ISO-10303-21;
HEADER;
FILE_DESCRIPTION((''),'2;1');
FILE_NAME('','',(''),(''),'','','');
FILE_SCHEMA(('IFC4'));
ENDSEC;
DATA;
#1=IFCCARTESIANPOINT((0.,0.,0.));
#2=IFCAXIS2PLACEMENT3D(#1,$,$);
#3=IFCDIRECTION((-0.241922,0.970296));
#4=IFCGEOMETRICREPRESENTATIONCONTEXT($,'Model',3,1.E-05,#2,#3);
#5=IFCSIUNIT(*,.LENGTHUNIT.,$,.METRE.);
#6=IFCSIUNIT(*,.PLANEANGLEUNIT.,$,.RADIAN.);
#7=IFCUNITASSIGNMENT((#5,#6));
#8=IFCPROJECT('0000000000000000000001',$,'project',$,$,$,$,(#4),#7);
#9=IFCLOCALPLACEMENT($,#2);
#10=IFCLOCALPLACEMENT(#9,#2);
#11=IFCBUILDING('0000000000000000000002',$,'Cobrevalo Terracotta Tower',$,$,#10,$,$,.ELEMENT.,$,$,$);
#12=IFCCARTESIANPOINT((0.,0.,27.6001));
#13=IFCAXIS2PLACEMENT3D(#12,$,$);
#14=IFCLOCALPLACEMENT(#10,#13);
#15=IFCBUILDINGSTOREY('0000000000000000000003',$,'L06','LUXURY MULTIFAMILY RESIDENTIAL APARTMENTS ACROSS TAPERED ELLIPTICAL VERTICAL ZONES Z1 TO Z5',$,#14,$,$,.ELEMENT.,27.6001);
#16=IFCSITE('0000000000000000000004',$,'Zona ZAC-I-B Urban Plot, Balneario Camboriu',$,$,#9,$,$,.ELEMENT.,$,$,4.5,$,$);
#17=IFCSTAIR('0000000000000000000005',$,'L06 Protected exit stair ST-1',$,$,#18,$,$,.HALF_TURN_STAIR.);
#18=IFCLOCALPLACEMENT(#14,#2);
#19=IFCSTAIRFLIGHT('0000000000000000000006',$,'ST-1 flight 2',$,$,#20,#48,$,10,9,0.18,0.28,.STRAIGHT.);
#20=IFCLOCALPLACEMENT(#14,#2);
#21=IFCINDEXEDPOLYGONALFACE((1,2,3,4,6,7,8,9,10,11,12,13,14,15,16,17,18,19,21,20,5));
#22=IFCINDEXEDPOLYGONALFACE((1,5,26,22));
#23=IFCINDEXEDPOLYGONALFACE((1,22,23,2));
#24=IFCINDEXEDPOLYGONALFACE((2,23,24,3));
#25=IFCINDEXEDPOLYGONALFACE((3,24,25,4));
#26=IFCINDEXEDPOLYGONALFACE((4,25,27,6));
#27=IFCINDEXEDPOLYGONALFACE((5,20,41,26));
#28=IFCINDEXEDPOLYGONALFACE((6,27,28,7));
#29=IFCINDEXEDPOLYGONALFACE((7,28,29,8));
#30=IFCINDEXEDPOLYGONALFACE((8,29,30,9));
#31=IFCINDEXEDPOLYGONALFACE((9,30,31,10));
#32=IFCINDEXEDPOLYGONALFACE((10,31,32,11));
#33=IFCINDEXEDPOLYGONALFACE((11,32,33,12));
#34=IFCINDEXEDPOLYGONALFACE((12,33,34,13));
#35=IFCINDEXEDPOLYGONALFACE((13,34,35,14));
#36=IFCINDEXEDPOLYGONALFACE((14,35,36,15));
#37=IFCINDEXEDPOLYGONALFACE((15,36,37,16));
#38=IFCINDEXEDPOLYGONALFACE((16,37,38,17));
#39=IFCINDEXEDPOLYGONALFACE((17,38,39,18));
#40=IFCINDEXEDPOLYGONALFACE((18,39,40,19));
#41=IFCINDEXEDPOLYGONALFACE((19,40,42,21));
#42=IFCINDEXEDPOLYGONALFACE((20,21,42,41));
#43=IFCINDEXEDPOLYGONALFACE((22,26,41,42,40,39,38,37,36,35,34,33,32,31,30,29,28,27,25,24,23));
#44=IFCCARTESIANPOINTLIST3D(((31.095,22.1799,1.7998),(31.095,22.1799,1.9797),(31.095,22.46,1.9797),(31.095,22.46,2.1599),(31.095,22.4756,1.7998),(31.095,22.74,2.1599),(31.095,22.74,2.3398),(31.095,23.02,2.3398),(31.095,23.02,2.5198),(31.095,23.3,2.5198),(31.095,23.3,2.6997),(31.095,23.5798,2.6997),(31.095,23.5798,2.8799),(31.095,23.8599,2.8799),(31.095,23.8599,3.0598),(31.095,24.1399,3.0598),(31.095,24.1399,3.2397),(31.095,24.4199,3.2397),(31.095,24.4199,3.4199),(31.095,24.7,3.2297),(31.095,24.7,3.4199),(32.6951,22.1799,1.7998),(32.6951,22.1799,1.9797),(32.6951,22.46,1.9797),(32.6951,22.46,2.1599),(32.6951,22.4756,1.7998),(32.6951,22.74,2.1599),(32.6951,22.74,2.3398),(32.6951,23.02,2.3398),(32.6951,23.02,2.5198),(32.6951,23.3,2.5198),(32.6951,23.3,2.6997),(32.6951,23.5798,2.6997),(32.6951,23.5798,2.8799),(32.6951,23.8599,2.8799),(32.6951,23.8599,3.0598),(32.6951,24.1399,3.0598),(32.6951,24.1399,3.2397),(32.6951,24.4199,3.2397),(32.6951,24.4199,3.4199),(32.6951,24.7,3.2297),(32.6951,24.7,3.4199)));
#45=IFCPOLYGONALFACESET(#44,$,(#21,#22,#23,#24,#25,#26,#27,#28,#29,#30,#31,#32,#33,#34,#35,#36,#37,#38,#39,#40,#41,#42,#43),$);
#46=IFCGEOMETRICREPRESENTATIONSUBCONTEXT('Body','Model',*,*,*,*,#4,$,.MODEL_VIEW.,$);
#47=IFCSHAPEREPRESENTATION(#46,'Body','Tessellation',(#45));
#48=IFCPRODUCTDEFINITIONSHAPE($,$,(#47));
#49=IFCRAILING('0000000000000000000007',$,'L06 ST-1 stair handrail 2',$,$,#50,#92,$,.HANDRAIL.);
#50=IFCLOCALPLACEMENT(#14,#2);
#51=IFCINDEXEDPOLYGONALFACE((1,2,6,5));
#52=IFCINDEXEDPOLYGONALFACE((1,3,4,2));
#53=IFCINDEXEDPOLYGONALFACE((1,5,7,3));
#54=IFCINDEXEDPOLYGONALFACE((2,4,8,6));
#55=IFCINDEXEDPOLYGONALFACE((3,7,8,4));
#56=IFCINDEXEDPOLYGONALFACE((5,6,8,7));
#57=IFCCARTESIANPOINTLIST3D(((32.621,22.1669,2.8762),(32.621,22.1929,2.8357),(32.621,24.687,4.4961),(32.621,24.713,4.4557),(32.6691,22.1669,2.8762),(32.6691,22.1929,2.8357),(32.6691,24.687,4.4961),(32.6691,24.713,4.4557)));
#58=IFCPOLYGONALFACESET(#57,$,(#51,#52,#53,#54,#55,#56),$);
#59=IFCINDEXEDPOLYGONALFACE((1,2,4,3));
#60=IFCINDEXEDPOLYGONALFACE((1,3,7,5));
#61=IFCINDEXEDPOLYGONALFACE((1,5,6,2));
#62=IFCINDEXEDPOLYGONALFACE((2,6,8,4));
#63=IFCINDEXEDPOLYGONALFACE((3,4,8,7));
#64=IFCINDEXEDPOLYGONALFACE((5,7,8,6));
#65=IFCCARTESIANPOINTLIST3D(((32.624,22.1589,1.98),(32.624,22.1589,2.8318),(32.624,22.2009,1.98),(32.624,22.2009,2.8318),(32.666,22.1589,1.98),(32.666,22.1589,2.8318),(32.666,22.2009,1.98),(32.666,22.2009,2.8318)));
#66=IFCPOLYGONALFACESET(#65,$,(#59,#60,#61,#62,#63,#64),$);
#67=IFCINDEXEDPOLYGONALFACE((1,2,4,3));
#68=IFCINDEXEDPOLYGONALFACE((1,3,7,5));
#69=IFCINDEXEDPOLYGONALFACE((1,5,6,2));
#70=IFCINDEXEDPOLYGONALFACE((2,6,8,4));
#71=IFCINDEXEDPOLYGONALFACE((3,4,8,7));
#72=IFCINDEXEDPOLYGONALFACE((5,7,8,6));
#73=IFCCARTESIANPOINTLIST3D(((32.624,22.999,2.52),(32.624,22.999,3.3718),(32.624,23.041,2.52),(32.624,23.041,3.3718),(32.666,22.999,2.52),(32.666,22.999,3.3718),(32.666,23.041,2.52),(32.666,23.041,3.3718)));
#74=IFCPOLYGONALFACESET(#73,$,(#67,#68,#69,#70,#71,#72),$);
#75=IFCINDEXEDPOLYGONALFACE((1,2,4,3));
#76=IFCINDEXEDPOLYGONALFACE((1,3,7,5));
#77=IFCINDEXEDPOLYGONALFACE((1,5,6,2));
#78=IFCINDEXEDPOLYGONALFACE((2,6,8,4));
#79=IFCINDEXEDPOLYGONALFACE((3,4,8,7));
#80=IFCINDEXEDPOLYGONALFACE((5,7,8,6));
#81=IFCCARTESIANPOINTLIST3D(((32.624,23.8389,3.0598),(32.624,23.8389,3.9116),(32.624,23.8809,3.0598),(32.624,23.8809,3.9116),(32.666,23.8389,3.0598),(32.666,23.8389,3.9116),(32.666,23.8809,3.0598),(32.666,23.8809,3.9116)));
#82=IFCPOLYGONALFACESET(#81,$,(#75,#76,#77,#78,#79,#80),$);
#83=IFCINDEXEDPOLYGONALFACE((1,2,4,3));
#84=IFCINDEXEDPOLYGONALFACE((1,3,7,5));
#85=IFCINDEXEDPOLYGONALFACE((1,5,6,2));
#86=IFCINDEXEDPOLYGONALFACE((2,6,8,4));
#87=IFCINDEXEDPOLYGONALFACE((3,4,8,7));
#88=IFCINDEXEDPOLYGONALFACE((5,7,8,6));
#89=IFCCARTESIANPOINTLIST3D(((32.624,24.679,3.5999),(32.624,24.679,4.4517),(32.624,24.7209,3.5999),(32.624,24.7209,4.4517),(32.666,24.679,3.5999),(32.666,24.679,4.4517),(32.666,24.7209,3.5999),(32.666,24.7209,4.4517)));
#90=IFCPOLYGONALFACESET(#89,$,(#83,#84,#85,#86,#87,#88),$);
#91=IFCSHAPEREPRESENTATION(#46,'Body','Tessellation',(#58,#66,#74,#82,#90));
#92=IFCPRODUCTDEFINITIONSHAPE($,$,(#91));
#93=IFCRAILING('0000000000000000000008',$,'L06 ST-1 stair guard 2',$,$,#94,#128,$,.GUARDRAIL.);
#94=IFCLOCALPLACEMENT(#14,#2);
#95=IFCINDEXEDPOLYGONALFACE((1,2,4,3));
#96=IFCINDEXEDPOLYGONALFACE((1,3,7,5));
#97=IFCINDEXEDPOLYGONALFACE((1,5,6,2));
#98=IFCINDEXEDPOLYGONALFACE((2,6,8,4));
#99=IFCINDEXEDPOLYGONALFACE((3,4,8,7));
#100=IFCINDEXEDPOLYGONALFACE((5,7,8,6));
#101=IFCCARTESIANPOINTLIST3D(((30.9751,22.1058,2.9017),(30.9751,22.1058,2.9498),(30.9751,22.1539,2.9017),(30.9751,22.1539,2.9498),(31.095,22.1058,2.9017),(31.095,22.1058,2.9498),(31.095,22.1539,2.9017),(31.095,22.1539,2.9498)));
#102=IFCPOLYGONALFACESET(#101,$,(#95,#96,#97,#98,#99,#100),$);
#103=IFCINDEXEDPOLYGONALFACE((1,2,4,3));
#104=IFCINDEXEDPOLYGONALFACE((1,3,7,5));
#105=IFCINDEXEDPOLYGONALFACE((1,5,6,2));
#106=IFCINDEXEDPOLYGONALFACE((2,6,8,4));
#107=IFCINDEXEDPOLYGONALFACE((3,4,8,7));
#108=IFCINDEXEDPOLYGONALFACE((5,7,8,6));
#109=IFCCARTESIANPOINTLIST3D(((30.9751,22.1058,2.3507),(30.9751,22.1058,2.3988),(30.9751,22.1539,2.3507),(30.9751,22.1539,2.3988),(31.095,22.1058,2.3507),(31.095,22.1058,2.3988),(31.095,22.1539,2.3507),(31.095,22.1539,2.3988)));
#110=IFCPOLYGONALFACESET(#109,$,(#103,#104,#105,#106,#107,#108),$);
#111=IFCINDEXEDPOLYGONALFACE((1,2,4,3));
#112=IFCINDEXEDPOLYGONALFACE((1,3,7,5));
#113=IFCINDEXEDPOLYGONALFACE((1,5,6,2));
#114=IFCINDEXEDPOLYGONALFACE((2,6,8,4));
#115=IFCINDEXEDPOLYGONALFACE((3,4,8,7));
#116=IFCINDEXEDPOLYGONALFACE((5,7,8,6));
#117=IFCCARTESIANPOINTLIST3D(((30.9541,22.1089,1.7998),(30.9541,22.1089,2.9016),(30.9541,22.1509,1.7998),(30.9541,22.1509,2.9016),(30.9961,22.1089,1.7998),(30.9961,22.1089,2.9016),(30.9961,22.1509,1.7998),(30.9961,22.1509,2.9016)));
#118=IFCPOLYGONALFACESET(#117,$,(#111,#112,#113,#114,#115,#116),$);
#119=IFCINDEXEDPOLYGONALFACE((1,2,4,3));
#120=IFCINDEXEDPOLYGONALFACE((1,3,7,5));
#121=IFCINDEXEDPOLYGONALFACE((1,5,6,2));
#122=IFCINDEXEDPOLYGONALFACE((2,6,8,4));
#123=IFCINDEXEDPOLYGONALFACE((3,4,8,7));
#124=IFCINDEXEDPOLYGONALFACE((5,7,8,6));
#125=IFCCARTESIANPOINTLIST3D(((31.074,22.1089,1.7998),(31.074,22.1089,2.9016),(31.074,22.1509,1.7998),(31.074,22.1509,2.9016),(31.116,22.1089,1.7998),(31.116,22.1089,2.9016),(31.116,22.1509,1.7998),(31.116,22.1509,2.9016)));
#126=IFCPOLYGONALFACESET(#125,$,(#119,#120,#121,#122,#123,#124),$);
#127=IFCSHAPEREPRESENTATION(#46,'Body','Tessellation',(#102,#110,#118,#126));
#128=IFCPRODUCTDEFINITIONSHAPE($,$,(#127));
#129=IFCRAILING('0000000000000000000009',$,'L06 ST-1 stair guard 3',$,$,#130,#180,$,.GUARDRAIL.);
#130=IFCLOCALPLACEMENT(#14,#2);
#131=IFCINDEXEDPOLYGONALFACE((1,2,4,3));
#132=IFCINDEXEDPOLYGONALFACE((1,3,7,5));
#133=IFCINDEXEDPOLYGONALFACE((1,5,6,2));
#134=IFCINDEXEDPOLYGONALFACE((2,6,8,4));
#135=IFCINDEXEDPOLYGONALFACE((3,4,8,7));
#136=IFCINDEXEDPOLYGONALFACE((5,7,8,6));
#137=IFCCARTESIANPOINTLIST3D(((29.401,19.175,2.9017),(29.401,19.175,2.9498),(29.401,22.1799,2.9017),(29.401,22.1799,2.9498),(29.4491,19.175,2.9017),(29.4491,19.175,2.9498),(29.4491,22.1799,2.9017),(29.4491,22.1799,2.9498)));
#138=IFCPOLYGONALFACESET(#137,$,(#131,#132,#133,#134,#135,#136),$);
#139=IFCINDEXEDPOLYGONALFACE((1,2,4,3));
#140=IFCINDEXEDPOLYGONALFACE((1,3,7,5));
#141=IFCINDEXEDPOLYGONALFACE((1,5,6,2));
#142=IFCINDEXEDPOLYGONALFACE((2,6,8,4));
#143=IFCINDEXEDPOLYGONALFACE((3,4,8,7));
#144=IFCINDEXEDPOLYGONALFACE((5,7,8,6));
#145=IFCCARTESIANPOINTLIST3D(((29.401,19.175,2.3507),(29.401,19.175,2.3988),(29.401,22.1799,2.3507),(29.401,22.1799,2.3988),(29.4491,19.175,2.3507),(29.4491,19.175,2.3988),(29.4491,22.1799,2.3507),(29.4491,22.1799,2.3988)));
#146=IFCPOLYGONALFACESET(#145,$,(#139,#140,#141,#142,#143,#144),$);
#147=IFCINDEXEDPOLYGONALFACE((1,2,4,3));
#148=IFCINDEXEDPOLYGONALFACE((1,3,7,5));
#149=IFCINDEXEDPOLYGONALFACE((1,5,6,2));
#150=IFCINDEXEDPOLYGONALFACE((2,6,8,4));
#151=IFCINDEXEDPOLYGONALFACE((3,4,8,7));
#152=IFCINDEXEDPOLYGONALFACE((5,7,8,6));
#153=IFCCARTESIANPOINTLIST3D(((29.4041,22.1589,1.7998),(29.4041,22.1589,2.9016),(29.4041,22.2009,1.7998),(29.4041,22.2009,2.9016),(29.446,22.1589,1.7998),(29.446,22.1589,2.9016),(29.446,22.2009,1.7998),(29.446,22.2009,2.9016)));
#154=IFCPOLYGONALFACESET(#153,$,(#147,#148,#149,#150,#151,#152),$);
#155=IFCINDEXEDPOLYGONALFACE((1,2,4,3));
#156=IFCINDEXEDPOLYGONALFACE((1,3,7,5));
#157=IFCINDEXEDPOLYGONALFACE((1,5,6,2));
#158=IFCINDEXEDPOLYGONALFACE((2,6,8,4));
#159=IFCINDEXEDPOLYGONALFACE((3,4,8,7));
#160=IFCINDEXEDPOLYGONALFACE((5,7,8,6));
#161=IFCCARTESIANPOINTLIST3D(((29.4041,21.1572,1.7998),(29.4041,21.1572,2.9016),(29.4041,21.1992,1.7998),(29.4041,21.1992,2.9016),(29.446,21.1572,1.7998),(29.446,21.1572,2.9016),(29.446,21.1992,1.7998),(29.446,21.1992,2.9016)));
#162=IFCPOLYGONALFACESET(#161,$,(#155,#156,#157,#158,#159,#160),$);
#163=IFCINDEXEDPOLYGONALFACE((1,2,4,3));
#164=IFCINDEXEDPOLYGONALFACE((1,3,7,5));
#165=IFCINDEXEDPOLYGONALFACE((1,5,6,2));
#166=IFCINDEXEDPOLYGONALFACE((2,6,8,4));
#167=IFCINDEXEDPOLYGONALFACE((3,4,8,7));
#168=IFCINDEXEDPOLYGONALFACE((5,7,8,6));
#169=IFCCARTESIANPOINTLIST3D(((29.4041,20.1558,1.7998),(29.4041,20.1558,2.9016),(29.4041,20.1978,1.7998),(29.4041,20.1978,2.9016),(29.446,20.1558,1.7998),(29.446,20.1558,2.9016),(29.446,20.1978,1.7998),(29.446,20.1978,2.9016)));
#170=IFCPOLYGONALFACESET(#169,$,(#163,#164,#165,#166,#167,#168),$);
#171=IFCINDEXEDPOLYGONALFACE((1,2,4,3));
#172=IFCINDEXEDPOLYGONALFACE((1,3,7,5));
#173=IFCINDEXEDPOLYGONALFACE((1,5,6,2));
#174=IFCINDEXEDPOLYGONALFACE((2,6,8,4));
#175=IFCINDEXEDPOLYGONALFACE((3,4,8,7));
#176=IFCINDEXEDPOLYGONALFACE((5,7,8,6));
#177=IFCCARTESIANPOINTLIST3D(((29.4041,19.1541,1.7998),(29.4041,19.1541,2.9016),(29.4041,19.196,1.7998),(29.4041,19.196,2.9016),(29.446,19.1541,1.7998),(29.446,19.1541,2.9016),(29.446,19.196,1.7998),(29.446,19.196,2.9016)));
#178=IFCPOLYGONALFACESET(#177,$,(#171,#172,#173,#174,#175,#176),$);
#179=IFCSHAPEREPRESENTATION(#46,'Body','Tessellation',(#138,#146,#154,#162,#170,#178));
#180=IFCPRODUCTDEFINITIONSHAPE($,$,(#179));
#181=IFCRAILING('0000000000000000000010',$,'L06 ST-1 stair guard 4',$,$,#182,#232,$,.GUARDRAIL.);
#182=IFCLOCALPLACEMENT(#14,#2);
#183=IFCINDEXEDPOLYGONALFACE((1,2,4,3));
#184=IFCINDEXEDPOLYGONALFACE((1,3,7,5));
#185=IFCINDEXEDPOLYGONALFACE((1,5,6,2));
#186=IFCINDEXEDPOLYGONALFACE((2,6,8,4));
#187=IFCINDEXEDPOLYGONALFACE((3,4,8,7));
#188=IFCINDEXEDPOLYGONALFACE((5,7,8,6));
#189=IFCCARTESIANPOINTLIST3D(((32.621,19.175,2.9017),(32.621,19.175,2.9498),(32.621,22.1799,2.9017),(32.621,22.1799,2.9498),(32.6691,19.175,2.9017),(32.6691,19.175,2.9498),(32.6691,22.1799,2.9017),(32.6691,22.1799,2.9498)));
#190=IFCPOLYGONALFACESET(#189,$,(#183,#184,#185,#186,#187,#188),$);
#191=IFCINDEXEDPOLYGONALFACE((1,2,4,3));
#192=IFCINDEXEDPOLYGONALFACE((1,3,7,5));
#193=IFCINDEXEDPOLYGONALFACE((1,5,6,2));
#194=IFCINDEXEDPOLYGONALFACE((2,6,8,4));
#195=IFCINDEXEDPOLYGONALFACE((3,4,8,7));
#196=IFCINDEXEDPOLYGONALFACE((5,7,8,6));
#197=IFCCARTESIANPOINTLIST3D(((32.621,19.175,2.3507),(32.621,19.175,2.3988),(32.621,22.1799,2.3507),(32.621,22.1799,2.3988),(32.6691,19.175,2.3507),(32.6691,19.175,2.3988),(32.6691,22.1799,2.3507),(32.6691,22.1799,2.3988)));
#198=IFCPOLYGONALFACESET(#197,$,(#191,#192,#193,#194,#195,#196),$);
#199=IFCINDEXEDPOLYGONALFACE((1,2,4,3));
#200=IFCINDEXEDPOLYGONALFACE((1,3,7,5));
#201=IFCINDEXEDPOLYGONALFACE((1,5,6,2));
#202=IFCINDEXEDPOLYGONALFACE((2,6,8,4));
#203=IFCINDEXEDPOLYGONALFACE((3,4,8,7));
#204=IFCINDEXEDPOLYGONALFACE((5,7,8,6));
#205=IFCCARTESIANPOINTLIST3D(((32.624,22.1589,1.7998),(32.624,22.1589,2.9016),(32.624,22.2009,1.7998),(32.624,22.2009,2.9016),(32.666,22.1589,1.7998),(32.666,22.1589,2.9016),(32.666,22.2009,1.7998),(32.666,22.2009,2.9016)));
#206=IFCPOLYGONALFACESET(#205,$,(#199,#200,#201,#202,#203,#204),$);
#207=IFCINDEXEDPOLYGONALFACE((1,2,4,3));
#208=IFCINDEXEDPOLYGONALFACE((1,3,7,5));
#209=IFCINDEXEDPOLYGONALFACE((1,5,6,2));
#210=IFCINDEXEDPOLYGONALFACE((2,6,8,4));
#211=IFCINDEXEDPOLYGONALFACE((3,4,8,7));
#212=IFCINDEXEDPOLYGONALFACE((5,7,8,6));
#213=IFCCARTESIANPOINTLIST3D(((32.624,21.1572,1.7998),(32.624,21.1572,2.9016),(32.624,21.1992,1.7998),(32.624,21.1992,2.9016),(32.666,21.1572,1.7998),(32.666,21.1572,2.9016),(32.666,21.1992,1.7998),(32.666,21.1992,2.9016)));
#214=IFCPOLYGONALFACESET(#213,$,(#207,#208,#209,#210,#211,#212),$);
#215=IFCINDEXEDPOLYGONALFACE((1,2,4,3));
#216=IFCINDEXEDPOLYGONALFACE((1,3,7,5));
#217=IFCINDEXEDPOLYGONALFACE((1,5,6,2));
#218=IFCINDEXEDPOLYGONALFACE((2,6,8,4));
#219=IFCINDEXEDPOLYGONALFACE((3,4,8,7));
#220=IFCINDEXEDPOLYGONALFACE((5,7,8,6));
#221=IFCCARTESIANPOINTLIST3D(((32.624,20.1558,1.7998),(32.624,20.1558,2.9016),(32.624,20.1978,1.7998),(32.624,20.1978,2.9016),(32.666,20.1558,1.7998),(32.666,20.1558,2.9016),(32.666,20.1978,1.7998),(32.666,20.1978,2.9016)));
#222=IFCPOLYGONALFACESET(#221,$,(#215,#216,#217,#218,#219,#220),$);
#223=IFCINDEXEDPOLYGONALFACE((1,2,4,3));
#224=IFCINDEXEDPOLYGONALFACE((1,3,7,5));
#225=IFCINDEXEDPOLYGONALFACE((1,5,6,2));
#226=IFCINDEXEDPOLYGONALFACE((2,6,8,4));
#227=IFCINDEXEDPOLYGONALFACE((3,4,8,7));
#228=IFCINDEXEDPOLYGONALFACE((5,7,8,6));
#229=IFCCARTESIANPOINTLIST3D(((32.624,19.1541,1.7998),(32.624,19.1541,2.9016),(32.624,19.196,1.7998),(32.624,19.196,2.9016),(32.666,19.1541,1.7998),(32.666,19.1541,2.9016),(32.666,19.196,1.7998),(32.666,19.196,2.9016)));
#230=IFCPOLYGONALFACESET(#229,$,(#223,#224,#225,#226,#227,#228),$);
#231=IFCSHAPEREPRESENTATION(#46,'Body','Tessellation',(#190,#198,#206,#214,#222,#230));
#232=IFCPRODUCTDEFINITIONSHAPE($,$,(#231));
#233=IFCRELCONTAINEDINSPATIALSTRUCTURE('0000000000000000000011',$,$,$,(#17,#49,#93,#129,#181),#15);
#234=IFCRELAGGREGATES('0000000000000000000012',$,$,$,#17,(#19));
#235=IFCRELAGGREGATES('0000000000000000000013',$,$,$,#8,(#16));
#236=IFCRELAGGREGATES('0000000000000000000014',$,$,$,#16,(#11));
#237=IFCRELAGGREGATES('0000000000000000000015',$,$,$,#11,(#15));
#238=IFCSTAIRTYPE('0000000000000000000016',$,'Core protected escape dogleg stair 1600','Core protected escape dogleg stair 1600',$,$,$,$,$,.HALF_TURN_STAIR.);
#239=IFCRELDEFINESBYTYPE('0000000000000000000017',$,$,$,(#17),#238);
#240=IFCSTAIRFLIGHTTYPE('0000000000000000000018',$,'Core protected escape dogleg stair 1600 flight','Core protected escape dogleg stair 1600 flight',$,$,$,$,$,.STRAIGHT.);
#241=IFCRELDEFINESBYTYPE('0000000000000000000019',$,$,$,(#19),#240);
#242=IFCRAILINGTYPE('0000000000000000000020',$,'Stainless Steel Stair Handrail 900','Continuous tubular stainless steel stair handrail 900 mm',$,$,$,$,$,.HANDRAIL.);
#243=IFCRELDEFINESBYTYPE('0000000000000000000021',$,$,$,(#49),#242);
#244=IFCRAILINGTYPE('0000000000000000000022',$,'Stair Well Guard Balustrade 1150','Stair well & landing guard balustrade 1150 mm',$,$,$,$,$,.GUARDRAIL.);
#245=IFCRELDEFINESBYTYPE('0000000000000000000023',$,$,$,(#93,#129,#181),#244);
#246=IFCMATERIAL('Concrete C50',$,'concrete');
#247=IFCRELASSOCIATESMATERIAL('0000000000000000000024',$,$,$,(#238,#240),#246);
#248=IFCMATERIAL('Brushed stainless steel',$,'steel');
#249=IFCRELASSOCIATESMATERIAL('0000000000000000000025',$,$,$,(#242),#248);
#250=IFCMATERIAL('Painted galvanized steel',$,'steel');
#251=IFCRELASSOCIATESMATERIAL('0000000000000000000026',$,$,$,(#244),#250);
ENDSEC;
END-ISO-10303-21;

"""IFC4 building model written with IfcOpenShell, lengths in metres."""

from ifc_helpers import new_model, si_unit, direction, frame, origin, origin_2d, place, context, subcontext, project, spatial, polyline, rectangle, outline, extrude, material, type_object, element, aggregate, save


model = new_model("IFC4")

# Units and contexts
model_context = context("Model", 3, precision=1e-05, world=origin(), true_north=direction((-0.241922, 0.970296)))
body_context = subcontext(model_context, "Body", "Model", "MODEL_VIEW")
ifc_project = project(units=[si_unit("LENGTHUNIT", "METRE"), si_unit("PLANEANGLEUNIT", "RADIAN")], contexts=[model_context])

# Site, building, storey
site_placement = place(None, origin())
site = spatial("IfcSite", under=ifc_project, at=site_placement, Name="Zona ZAC-I-B Urban Plot, Balneario Camboriu", CompositionType="ELEMENT", RefElevation=4.5)
building_placement = place(site_placement, origin())
building = spatial("IfcBuilding", under=site, at=building_placement, Name="Cobrevalo Terracotta Tower", CompositionType="ELEMENT")
storey_placement = place(building_placement, frame((0.0, 0.0, 27.6001)))
storey = spatial("IfcBuildingStorey", under=building, at=storey_placement, Name="L06", Description="LUXURY MULTIFAMILY RESIDENTIAL APARTMENTS ACROSS TAPERED ELLIPTICAL VERTICAL ZONES Z1 TO Z5", CompositionType="ELEMENT", Elevation=27.6001)

# Shared definitions
ifc_material_1 = material(Name="Concrete C50", Category="concrete")

# Stair, stair flight
stair_type = type_object("IfcStairType", Name="Core protected escape dogleg stair 1600", Description="Core protected escape dogleg stair 1600", PredefinedType="HALF_TURN_STAIR", material=ifc_material_1)
stair_placement = place(storey_placement, origin())
stair = element("IfcStair", 1, at=stair_placement, inside=storey, type_object=stair_type, Name="L06 Protected exit stair ST-1", PredefinedType="HALF_TURN_STAIR")
stair_flight_type = type_object("IfcStairFlightType", Name="Core protected escape dogleg stair 1600 flight", Description="Core protected escape dogleg stair 1600 flight", PredefinedType="STRAIGHT", material=ifc_material_1)
stair_flight_placement = place(storey_placement, frame((31.895, 22.1799, 1.7998), z_axis=(0.0, 0.0, 1.0), x_axis=(0.0, 1.0, 0.0)))
stair_flight = element("IfcStairFlight", 2, at=stair_flight_placement, type_object=stair_flight_type, Name="ST-1 flight 2", NumberOfRisers=10, NumberOfTreads=9, PredefinedType="STRAIGHT", RiserHeight=0.18, TreadLength=0.28, context=body_context, shape_type="SweptSolid", body=[
    extrude(outline(polyline([(0.0, 0.0), (0.0, 0.1799), (0.28, 0.1799), (0.28, 0.3601), (0.5601, 0.3601), (0.5601, 0.54), (0.8401, 0.54), (0.8401, 0.72), (1.1201, 0.72), (1.1201, 0.8999), (1.3999, 0.8999), (1.3999, 1.0801), (1.6799, 1.0801), (1.6799, 1.26), (1.96, 1.26), (1.96, 1.4399), (2.24, 1.4399), (2.24, 1.6201), (2.52, 1.6201), (2.52, 1.8), (2.52, 1.4299), (0.2957, 0.0), (0.0, 0.0)])), frame((0.0, 0.8, 0.0), z_axis=(0.0, -1.0, 0.0), x_axis=(1.0, 0.0, 0.0)), (0.0, 0.0, 1.0), 1.6001),
])
aggregate(stair, [stair_flight])

# Railings
ifc_material_2 = material(Name="Brushed stainless steel", Category="steel")
railing_type_1 = type_object("IfcRailingType", Name="Stainless Steel Stair Handrail 900", Description="Continuous tubular stainless steel stair handrail 900 mm", PredefinedType="HANDRAIL", material=ifc_material_2)
railing_1_placement = place(storey_placement, frame((32.645, 22.1799, 1.98)))
element("IfcRailing", 3, at=railing_1_placement, inside=storey, type_object=railing_type_1, Name="L06 ST-1 stair handrail 2", PredefinedType="HANDRAIL", context=body_context, shape_type="SweptSolid", body=[
    extrude(rectangle(XDim=0.0481, YDim=0.0481, at=origin_2d()), frame((0.0, 0.0, 0.876), z_axis=(0.0, 0.8412, 0.540725), x_axis=(-1.0, 0.0, 0.0)), (0.0, 0.0, 1.0), 2.9958),
    extrude(rectangle(XDim=0.042, YDim=0.042, at=origin_2d()), origin(), (0.0, 0.0, 1.0), 0.8518),
    extrude(rectangle(XDim=0.042, YDim=0.042, at=origin_2d()), frame((0.0, 0.8401, 0.54)), (0.0, 0.0, 1.0), 0.8518),
    extrude(rectangle(XDim=0.042, YDim=0.042, at=origin_2d()), frame((0.0, 1.6799, 1.0798)), (0.0, 0.0, 1.0), 0.8518),
    extrude(rectangle(XDim=0.042, YDim=0.042, at=origin_2d()), frame((0.0, 2.52, 1.6199)), (0.0, 0.0, 1.0), 0.8518),
])
ifc_material_3 = material(Name="Painted galvanized steel", Category="steel")
railing_type_2 = type_object("IfcRailingType", Name="Stair Well Guard Balustrade 1150", Description="Stair well & landing guard balustrade 1150 mm", PredefinedType="GUARDRAIL", material=ifc_material_3)
railing_2_placement = place(storey_placement, frame((30.9751, 22.1299, 1.7998)))
element("IfcRailing", 4, at=railing_2_placement, inside=storey, type_object=railing_type_2, Name="L06 ST-1 stair guard 2", PredefinedType="GUARDRAIL", context=body_context, shape_type="SweptSolid", body=[
    extrude(rectangle(XDim=0.0481, YDim=0.0481, at=origin_2d()), frame((0.0, 0.0, 1.126), z_axis=(1.0, 0.0, 0.0), x_axis=(0.0, 1.0, 0.0)), (0.0, 0.0, 1.0), 0.1199),
    extrude(rectangle(XDim=0.0481, YDim=0.0481, at=origin_2d()), frame((0.0, 0.0, 0.575), z_axis=(1.0, 0.0, 0.0), x_axis=(0.0, 1.0, 0.0)), (0.0, 0.0, 1.0), 0.1199),
    extrude(rectangle(XDim=0.042, YDim=0.042, at=origin_2d()), origin(), (0.0, 0.0, 1.0), 1.1018),
    extrude(rectangle(XDim=0.042, YDim=0.042, at=origin_2d()), frame((0.1199, 0.0, 0.0)), (0.0, 0.0, 1.0), 1.1018),
])
for number, where, name in (
    (5, (29.425, 22.1799, 1.7998), "L06 ST-1 stair guard 3"),
    (6, (32.645, 22.1799, 1.7998), "L06 ST-1 stair guard 4"),
):
    element("IfcRailing", number, at=place(storey_placement, frame(where)), inside=storey, type_object=railing_type_2, Name=name, PredefinedType="GUARDRAIL", context=body_context, shape_type="SweptSolid", body=[
        extrude(rectangle(XDim=0.0481, YDim=0.0481, at=origin_2d()), frame((0.0, 0.0, 1.126), z_axis=(0.0, -1.0, 0.0), x_axis=(1.0, 0.0, 0.0)), (0.0, 0.0, 1.0), 3.0049),
        extrude(rectangle(XDim=0.0481, YDim=0.0481, at=origin_2d()), frame((0.0, 0.0, 0.575), z_axis=(0.0, -1.0, 0.0), x_axis=(1.0, 0.0, 0.0)), (0.0, 0.0, 1.0), 3.0049),
        extrude(rectangle(XDim=0.042, YDim=0.042, at=origin_2d()), origin(), (0.0, 0.0, 1.0), 1.1018),
        extrude(rectangle(XDim=0.042, YDim=0.042, at=origin_2d()), frame((0.0, -1.0017, 0.0)), (0.0, 0.0, 1.0), 1.1018),
        extrude(rectangle(XDim=0.042, YDim=0.042, at=origin_2d()), frame((0.0, -2.0032, 0.0)), (0.0, 0.0, 1.0), 1.1018),
        extrude(rectangle(XDim=0.042, YDim=0.042, at=origin_2d()), frame((0.0, -3.0049, 0.0)), (0.0, 0.0, 1.0), 1.1018),
    ])

save(model, "model.ifc")
